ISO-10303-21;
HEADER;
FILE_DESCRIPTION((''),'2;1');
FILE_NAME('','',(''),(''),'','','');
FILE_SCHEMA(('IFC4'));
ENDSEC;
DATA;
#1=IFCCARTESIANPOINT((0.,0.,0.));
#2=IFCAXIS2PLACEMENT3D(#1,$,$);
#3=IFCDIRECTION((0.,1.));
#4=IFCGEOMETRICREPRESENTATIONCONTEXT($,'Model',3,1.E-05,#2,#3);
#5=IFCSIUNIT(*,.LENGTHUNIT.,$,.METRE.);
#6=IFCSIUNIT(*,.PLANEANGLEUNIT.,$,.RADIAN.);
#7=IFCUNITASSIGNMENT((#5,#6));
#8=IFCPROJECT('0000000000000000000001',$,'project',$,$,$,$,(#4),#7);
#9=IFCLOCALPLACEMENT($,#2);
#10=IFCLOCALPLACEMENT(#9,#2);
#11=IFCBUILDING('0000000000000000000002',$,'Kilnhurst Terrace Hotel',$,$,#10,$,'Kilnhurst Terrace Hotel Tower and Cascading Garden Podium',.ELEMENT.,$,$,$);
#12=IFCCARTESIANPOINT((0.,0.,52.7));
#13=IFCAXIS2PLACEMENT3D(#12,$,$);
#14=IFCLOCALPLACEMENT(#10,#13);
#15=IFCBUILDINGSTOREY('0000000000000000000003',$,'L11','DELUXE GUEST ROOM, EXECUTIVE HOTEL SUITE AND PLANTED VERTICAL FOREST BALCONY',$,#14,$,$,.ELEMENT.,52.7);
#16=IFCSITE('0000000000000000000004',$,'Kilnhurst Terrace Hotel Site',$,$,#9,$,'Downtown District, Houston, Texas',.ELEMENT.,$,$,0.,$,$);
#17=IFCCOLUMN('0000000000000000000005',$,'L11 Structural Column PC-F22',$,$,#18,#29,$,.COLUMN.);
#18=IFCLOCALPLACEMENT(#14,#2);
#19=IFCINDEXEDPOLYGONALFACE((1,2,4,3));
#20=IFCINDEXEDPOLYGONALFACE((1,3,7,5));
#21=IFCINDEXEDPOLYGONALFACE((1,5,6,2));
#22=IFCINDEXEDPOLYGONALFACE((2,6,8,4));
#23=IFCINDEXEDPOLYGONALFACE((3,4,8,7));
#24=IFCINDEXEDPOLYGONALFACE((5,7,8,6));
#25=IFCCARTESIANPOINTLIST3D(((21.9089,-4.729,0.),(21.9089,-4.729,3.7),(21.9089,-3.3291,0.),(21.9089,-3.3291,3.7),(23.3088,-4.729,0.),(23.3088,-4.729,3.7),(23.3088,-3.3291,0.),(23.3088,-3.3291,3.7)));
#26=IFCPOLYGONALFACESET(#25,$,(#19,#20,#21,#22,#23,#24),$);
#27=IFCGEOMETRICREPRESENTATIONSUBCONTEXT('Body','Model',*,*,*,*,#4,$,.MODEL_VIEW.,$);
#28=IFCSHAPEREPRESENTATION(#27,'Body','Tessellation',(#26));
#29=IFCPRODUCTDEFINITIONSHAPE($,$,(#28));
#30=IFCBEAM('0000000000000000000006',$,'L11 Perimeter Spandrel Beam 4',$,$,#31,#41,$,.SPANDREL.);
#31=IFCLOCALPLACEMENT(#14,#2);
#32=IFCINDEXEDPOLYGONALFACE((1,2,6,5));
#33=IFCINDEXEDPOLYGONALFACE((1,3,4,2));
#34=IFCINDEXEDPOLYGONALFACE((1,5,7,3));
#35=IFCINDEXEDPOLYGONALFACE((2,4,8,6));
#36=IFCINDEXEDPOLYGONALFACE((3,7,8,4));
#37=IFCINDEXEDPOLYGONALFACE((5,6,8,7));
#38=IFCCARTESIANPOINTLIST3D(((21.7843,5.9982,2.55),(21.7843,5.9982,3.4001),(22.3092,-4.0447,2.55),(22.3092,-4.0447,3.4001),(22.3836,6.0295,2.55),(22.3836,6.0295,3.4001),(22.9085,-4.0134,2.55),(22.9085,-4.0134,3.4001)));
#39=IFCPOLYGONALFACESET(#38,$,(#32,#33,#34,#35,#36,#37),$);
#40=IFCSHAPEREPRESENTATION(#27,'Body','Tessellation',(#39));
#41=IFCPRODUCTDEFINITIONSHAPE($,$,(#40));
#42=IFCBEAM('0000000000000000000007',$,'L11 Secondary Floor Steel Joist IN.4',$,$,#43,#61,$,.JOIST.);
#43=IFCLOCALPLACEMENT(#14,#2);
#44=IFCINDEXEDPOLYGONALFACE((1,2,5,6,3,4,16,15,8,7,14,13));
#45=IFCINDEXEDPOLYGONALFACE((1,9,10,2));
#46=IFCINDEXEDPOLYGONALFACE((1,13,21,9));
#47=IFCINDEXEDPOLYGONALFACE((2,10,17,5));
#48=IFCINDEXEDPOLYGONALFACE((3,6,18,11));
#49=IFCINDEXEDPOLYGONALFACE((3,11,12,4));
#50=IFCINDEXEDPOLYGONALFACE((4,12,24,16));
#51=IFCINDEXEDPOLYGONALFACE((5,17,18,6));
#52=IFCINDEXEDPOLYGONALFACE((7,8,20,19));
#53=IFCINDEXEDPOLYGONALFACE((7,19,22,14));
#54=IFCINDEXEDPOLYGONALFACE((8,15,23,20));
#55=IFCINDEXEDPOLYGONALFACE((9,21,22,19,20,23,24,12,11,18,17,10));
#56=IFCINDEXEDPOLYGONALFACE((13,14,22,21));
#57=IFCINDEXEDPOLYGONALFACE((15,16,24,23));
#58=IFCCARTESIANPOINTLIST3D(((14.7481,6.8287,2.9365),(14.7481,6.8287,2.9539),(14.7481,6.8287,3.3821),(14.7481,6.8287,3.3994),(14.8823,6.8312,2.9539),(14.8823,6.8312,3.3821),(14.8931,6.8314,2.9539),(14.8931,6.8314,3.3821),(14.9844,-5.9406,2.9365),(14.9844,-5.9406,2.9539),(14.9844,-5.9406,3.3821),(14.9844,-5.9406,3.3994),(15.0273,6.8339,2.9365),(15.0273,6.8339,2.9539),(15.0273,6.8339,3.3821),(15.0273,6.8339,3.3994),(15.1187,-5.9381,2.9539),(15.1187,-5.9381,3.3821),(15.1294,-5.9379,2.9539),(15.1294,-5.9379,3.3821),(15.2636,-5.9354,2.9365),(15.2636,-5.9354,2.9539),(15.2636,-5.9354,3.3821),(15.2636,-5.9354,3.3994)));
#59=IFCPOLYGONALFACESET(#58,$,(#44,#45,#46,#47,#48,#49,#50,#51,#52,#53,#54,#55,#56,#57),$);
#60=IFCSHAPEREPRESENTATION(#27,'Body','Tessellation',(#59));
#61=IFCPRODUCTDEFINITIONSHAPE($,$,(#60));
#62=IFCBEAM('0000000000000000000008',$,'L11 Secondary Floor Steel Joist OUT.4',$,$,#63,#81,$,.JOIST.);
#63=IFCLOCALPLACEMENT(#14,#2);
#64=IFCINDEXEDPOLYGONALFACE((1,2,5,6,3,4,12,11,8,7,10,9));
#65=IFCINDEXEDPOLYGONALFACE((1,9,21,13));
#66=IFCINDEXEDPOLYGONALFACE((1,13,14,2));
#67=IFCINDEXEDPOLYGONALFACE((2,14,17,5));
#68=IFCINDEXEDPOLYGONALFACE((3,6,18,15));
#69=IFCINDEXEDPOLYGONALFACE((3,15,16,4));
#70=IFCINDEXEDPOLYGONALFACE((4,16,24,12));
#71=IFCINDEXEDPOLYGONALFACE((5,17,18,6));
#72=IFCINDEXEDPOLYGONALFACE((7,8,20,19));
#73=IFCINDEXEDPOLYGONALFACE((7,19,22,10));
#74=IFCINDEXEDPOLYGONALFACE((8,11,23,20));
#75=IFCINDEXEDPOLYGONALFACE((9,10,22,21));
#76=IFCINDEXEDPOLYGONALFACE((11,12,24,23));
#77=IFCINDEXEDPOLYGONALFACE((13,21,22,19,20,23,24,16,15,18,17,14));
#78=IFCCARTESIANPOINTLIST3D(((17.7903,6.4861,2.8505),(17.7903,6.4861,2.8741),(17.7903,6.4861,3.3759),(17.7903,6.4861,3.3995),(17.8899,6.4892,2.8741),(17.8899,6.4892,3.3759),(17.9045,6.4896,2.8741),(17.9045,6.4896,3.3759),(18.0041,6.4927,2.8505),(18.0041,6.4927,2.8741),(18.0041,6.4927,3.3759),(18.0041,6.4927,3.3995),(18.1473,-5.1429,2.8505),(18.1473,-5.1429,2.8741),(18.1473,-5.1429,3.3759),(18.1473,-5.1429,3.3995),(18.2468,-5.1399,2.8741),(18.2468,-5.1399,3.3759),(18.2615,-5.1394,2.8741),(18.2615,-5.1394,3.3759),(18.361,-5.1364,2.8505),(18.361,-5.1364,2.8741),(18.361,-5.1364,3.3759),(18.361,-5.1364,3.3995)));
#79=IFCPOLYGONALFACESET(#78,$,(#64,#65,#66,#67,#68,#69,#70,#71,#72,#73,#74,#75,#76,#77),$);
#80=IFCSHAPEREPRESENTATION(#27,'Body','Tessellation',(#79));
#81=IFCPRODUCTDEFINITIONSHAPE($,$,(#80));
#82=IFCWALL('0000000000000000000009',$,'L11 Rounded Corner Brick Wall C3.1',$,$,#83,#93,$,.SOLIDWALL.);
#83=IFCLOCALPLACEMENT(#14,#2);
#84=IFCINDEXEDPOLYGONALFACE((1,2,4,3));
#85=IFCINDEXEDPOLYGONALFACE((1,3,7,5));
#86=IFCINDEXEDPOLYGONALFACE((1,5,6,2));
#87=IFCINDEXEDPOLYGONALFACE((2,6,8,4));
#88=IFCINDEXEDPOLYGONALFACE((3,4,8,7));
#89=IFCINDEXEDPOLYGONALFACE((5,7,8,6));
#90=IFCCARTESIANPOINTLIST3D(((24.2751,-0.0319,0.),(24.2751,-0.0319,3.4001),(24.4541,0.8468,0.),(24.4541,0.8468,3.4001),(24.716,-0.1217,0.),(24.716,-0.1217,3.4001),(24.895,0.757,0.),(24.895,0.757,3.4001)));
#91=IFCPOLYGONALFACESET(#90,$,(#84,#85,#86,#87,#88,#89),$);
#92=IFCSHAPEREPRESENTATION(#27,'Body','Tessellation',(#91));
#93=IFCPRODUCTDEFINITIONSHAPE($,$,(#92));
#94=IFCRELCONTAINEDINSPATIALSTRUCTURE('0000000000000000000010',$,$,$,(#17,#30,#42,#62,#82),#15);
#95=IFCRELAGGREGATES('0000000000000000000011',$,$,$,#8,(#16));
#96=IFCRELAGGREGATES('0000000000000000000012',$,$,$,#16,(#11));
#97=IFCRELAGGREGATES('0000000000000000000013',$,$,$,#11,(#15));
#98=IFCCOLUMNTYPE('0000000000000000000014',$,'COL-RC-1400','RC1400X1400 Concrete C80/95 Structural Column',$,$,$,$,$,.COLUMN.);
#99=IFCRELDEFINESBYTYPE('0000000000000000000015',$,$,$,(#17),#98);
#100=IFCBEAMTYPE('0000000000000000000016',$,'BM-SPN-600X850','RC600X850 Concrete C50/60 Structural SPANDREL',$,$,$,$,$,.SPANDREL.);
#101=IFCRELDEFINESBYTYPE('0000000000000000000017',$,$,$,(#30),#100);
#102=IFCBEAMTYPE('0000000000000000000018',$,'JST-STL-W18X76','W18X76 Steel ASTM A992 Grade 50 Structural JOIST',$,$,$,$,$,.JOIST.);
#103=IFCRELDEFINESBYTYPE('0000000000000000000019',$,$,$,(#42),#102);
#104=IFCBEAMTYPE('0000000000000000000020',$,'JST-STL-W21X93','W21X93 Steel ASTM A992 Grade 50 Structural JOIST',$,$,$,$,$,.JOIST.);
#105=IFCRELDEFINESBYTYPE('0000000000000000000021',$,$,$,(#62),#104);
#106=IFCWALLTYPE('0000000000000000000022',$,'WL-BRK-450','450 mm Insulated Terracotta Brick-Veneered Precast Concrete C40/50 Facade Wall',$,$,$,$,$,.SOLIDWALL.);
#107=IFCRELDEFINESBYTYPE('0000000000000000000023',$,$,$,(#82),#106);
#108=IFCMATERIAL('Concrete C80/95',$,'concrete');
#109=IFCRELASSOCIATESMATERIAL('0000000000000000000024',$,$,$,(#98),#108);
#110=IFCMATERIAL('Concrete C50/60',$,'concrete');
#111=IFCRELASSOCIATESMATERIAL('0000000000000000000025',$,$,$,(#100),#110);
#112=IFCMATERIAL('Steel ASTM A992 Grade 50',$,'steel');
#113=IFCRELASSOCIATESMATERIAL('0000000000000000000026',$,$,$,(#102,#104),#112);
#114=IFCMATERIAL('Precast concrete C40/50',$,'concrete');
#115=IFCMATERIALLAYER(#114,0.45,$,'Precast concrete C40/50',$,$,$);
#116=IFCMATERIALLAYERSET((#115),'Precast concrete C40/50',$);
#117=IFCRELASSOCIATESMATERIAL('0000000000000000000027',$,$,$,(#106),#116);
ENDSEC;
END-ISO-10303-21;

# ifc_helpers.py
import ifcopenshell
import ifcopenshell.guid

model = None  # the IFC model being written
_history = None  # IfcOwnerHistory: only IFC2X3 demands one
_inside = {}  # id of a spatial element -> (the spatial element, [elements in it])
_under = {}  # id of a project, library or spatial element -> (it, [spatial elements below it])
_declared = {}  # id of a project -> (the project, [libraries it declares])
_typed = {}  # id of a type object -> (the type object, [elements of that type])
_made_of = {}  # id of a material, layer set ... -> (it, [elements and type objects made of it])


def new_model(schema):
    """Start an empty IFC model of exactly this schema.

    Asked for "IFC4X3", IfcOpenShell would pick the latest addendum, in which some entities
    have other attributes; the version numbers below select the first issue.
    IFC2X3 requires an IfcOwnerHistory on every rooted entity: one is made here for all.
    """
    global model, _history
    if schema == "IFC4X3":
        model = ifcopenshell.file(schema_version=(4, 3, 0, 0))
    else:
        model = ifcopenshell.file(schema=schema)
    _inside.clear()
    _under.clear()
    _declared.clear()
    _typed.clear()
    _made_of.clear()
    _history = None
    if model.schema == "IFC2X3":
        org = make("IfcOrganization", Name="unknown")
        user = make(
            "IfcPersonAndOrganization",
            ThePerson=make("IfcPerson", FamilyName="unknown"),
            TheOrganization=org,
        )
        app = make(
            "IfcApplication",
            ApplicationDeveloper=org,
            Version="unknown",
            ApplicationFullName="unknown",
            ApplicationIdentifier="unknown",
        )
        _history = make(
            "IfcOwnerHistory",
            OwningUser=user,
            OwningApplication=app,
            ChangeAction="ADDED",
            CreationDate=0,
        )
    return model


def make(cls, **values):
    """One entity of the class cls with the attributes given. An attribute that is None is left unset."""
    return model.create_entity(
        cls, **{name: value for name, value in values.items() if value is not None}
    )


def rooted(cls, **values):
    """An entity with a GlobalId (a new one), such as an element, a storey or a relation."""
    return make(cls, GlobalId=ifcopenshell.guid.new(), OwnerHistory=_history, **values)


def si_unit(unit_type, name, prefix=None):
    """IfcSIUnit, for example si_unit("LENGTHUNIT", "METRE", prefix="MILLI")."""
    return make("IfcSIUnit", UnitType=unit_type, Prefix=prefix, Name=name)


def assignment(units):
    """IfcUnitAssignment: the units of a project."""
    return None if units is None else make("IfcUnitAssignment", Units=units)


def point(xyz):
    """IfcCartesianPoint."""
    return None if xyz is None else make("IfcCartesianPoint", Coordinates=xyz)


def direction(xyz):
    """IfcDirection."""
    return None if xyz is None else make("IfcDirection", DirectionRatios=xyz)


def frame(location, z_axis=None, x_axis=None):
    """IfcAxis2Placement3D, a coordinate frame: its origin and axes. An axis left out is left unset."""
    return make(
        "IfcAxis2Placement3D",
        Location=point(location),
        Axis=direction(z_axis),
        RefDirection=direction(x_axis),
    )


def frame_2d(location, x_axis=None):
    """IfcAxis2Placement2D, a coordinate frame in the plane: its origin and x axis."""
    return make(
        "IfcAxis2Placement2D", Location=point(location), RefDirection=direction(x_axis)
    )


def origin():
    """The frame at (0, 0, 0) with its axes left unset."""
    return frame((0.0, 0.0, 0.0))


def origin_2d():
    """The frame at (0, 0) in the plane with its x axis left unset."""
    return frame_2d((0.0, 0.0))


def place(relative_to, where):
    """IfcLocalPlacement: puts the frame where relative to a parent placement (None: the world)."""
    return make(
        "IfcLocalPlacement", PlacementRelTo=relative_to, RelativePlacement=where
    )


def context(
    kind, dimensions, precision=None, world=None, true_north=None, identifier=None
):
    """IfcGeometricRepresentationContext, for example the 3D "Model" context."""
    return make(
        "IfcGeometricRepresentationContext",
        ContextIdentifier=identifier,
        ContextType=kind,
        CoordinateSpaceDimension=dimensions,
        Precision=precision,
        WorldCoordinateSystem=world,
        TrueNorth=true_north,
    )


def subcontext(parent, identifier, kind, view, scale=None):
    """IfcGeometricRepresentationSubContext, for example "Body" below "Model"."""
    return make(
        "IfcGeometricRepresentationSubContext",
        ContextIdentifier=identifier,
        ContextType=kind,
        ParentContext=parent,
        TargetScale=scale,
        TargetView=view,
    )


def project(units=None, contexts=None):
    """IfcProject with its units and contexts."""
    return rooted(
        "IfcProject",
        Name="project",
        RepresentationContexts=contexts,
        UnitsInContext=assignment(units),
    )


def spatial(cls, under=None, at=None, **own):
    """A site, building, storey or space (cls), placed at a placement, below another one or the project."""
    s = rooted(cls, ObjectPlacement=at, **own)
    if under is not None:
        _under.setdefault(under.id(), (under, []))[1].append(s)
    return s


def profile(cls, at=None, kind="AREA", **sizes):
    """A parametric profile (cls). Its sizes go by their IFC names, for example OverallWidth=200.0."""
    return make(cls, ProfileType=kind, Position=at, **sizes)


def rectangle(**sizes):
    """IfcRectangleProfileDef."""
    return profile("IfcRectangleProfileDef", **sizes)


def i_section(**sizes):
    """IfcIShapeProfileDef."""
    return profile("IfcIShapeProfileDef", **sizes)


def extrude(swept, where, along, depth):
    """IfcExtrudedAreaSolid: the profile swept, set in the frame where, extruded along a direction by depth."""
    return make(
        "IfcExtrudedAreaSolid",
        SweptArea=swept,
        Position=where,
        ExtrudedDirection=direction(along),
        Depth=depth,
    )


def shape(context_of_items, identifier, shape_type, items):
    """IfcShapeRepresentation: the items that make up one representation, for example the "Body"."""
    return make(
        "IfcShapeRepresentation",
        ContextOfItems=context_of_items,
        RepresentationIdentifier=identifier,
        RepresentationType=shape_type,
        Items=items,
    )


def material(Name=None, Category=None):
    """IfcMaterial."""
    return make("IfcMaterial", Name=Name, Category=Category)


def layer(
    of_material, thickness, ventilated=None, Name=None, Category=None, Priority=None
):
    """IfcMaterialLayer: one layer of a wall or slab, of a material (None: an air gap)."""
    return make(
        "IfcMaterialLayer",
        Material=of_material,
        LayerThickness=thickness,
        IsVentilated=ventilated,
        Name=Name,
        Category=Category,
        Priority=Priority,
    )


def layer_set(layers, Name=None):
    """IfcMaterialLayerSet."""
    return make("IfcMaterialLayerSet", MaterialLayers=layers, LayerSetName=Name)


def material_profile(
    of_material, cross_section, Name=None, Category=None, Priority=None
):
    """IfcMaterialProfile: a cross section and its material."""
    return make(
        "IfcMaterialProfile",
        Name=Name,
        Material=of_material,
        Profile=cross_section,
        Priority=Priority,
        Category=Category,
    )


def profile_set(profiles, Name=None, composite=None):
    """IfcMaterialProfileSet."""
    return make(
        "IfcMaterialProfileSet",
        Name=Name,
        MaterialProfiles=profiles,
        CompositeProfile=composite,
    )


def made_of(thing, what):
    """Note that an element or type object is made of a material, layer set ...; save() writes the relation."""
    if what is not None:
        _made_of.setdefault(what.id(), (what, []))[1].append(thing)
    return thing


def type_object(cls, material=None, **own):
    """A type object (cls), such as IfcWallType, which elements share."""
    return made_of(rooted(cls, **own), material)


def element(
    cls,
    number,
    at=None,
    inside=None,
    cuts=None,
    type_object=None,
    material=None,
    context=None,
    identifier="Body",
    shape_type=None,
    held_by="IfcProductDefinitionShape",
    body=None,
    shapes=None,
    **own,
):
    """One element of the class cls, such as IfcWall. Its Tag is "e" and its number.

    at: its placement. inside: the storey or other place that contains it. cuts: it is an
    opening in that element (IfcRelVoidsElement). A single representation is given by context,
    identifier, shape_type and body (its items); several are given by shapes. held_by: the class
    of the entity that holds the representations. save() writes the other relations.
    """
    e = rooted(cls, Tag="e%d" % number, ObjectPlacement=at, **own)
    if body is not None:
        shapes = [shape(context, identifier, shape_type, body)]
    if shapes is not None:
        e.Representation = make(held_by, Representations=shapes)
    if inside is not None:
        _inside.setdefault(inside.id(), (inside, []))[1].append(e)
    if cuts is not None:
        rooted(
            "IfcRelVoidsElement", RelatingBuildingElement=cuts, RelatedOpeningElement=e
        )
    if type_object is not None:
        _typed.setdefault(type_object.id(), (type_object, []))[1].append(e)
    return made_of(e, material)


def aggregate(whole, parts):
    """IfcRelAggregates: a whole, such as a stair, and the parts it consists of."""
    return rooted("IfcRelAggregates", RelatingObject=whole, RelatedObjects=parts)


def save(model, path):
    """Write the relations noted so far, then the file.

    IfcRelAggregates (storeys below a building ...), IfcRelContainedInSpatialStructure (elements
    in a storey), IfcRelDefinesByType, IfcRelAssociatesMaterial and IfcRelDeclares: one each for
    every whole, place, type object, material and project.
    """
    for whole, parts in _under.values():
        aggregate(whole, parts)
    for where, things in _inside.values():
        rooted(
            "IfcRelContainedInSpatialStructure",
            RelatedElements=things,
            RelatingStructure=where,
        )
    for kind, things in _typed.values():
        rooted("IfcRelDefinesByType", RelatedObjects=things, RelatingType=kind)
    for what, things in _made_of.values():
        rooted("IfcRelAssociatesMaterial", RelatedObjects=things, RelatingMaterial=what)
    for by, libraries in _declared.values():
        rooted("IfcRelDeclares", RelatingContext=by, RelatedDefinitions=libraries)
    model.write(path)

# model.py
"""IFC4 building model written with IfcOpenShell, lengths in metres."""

from ifc_helpers import new_model, si_unit, direction, frame, frame_2d, origin, origin_2d, place, context, subcontext, project, spatial, rectangle, i_section, extrude, material, layer, layer_set, material_profile, profile_set, type_object, element, save


model = new_model("IFC4")

# Units and contexts
model_context = context("Model", 3, precision=1e-05, world=origin(), true_north=direction((0.0, 1.0)))
body_context = subcontext(model_context, "Body", "Model", "MODEL_VIEW")
ifc_project = project(units=[si_unit("LENGTHUNIT", "METRE"), si_unit("PLANEANGLEUNIT", "RADIAN")], contexts=[model_context])

# Site, building, storey
site_placement = place(None, origin())
site = spatial("IfcSite", under=ifc_project, at=site_placement, Name="Kilnhurst Terrace Hotel Site", LongName="Downtown District, Houston, Texas", CompositionType="ELEMENT", RefElevation=0.0)
building_placement = place(site_placement, origin())
building = spatial("IfcBuilding", under=site, at=building_placement, Name="Kilnhurst Terrace Hotel", LongName="Kilnhurst Terrace Hotel Tower and Cascading Garden Podium", CompositionType="ELEMENT")
storey_placement = place(building_placement, frame((0.0, 0.0, 52.7)))
storey = spatial("IfcBuildingStorey", under=building, at=storey_placement, Name="L11", Description="DELUXE GUEST ROOM, EXECUTIVE HOTEL SUITE AND PLANTED VERTICAL FOREST BALCONY", CompositionType="ELEMENT", Elevation=52.7)

# Column
ifc_material_1 = material(Name="Concrete C80/95", Category="concrete")
ifc_material_profile_1 = material_profile(ifc_material_1, rectangle(XDim=1.3999, YDim=1.3999, at=origin_2d()), Name="RC1400X1400")
ifc_profile_set_1 = profile_set([ifc_material_profile_1], Name="Concrete C80/95")
column_type = type_object("IfcColumnType", Name="COL-RC-1400", Description="RC1400X1400 Concrete C80/95 Structural Column", PredefinedType="COLUMN", material=ifc_profile_set_1)
column_placement = place(storey_placement, frame((22.6089, -4.0291, 0.0), z_axis=(0.0, 0.0, 1.0), x_axis=(1.0, 0.0, 0.0)))
element("IfcColumn", 1, at=column_placement, inside=storey, type_object=column_type, Name="L11 Structural Column PC-F22", PredefinedType="COLUMN", context=body_context, shape_type="SweptSolid", body=[
    extrude(rectangle(XDim=1.3999, YDim=1.3999, at=origin_2d()), origin(), (0.0, 0.0, 1.0), 3.7),
])

# Beams
ifc_material_2 = material(Name="Concrete C50/60", Category="concrete")
ifc_material_profile_2 = material_profile(ifc_material_2, rectangle(XDim=0.6001, YDim=0.8501, at=origin_2d()), Name="RC600X850")
ifc_profile_set_2 = profile_set([ifc_material_profile_2], Name="Concrete C50/60")
beam_type_1 = type_object("IfcBeamType", Name="BM-SPN-600X850", Description="RC600X850 Concrete C50/60 Structural SPANDREL", PredefinedType="SPANDREL", material=ifc_profile_set_2)
beam_1_placement = place(storey_placement, frame((22.6089, -4.0291, 2.9751), z_axis=(-0.052194, 0.998637, 0.0), x_axis=(-0.998637, -0.052194, 0.0)))
element("IfcBeam", 2, at=beam_1_placement, inside=storey, type_object=beam_type_1, Name="L11 Perimeter Spandrel Beam 4", PredefinedType="SPANDREL", context=body_context, shape_type="SweptSolid", body=[
    extrude(rectangle(XDim=0.6001, YDim=0.8501, at=origin_2d()), origin(), (0.0, 0.0, 1.0), 10.0566),
])
ifc_material_3 = material(Name="Steel ASTM A992 Grade 50", Category="steel")
ifc_material_profile_3 = material_profile(ifc_material_3, i_section(OverallWidth=0.2793, OverallDepth=0.4629, WebThickness=0.0107, FlangeThickness=0.0173, at=origin_2d()), Name="W18X76")
ifc_profile_set_3 = profile_set([ifc_material_profile_3], Name="Steel ASTM A992 Grade 50")
beam_type_2 = type_object("IfcBeamType", Name="JST-STL-W18X76", Description="W18X76 Steel ASTM A992 Grade 50 Structural JOIST", PredefinedType="JOIST", material=ifc_profile_set_3)
beam_2_placement = place(storey_placement, frame((15.124, -5.938, 3.168), z_axis=(-0.018504, 0.999829, 0.0), x_axis=(-0.999829, -0.018504, 0.0)))
element("IfcBeam", 3, at=beam_2_placement, inside=storey, type_object=beam_type_2, Name="L11 Secondary Floor Steel Joist IN.4", PredefinedType="JOIST", context=body_context, shape_type="SweptSolid", body=[
    extrude(i_section(OverallWidth=0.2793, OverallDepth=0.4629, WebThickness=0.0107, FlangeThickness=0.0173, at=origin_2d()), origin(), (0.0, 0.0, 1.0), 12.7715),
])
ifc_material_profile_4 = material_profile(ifc_material_3, i_section(OverallWidth=0.2139, OverallDepth=0.5491, WebThickness=0.0146, FlangeThickness=0.0237, at=origin_2d()), Name="W21X93")
ifc_profile_set_4 = profile_set([ifc_material_profile_4], Name="Steel ASTM A992 Grade 50")
beam_type_3 = type_object("IfcBeamType", Name="JST-STL-W21X93", Description="W21X93 Steel ASTM A992 Grade 50 Structural JOIST", PredefinedType="JOIST", material=ifc_profile_set_4)
beam_3_placement = place(storey_placement, frame((18.2542, -5.1396, 3.125), z_axis=(-0.030679, 0.999529, 0.0), x_axis=(-0.999529, -0.030679, 0.0)))
element("IfcBeam", 4, at=beam_3_placement, inside=storey, type_object=beam_type_3, Name="L11 Secondary Floor Steel Joist OUT.4", PredefinedType="JOIST", context=body_context, shape_type="SweptSolid", body=[
    extrude(i_section(OverallWidth=0.2139, OverallDepth=0.5491, WebThickness=0.0146, FlangeThickness=0.0237, at=origin_2d()), origin(), (0.0, 0.0, 1.0), 11.6345),
])

# Wall
ifc_material_4 = material(Name="Precast concrete C40/50", Category="concrete")
ifc_layer_1 = layer(ifc_material_4, 0.45, Name="Precast concrete C40/50")
ifc_layer_set_1 = layer_set([ifc_layer_1], Name="Precast concrete C40/50")
wall_type_1 = type_object("IfcWallType", Name="WL-BRK-450", Description="450 mm Insulated Terracotta Brick-Veneered Precast Concrete C40/50 Facade Wall", PredefinedType="SOLIDWALL", material=ifc_layer_set_1)
wall_1_placement = place(storey_placement, frame((24.4956, -0.0767, 0.0), z_axis=(0.0, 0.0, 1.0), x_axis=(0.199571, 0.979883, 0.0)))
element("IfcWall", 5, at=wall_1_placement, inside=storey, type_object=wall_type_1, Name="L11 Rounded Corner Brick Wall C3.1", PredefinedType="SOLIDWALL", context=body_context, shape_type="SweptSolid", body=[
    extrude(rectangle(XDim=0.8967, YDim=0.45, at=frame_2d((0.4482, 0.0))), origin(), (0.0, 0.0, 1.0), 3.4001),
])

save(model, "model.ifc")
